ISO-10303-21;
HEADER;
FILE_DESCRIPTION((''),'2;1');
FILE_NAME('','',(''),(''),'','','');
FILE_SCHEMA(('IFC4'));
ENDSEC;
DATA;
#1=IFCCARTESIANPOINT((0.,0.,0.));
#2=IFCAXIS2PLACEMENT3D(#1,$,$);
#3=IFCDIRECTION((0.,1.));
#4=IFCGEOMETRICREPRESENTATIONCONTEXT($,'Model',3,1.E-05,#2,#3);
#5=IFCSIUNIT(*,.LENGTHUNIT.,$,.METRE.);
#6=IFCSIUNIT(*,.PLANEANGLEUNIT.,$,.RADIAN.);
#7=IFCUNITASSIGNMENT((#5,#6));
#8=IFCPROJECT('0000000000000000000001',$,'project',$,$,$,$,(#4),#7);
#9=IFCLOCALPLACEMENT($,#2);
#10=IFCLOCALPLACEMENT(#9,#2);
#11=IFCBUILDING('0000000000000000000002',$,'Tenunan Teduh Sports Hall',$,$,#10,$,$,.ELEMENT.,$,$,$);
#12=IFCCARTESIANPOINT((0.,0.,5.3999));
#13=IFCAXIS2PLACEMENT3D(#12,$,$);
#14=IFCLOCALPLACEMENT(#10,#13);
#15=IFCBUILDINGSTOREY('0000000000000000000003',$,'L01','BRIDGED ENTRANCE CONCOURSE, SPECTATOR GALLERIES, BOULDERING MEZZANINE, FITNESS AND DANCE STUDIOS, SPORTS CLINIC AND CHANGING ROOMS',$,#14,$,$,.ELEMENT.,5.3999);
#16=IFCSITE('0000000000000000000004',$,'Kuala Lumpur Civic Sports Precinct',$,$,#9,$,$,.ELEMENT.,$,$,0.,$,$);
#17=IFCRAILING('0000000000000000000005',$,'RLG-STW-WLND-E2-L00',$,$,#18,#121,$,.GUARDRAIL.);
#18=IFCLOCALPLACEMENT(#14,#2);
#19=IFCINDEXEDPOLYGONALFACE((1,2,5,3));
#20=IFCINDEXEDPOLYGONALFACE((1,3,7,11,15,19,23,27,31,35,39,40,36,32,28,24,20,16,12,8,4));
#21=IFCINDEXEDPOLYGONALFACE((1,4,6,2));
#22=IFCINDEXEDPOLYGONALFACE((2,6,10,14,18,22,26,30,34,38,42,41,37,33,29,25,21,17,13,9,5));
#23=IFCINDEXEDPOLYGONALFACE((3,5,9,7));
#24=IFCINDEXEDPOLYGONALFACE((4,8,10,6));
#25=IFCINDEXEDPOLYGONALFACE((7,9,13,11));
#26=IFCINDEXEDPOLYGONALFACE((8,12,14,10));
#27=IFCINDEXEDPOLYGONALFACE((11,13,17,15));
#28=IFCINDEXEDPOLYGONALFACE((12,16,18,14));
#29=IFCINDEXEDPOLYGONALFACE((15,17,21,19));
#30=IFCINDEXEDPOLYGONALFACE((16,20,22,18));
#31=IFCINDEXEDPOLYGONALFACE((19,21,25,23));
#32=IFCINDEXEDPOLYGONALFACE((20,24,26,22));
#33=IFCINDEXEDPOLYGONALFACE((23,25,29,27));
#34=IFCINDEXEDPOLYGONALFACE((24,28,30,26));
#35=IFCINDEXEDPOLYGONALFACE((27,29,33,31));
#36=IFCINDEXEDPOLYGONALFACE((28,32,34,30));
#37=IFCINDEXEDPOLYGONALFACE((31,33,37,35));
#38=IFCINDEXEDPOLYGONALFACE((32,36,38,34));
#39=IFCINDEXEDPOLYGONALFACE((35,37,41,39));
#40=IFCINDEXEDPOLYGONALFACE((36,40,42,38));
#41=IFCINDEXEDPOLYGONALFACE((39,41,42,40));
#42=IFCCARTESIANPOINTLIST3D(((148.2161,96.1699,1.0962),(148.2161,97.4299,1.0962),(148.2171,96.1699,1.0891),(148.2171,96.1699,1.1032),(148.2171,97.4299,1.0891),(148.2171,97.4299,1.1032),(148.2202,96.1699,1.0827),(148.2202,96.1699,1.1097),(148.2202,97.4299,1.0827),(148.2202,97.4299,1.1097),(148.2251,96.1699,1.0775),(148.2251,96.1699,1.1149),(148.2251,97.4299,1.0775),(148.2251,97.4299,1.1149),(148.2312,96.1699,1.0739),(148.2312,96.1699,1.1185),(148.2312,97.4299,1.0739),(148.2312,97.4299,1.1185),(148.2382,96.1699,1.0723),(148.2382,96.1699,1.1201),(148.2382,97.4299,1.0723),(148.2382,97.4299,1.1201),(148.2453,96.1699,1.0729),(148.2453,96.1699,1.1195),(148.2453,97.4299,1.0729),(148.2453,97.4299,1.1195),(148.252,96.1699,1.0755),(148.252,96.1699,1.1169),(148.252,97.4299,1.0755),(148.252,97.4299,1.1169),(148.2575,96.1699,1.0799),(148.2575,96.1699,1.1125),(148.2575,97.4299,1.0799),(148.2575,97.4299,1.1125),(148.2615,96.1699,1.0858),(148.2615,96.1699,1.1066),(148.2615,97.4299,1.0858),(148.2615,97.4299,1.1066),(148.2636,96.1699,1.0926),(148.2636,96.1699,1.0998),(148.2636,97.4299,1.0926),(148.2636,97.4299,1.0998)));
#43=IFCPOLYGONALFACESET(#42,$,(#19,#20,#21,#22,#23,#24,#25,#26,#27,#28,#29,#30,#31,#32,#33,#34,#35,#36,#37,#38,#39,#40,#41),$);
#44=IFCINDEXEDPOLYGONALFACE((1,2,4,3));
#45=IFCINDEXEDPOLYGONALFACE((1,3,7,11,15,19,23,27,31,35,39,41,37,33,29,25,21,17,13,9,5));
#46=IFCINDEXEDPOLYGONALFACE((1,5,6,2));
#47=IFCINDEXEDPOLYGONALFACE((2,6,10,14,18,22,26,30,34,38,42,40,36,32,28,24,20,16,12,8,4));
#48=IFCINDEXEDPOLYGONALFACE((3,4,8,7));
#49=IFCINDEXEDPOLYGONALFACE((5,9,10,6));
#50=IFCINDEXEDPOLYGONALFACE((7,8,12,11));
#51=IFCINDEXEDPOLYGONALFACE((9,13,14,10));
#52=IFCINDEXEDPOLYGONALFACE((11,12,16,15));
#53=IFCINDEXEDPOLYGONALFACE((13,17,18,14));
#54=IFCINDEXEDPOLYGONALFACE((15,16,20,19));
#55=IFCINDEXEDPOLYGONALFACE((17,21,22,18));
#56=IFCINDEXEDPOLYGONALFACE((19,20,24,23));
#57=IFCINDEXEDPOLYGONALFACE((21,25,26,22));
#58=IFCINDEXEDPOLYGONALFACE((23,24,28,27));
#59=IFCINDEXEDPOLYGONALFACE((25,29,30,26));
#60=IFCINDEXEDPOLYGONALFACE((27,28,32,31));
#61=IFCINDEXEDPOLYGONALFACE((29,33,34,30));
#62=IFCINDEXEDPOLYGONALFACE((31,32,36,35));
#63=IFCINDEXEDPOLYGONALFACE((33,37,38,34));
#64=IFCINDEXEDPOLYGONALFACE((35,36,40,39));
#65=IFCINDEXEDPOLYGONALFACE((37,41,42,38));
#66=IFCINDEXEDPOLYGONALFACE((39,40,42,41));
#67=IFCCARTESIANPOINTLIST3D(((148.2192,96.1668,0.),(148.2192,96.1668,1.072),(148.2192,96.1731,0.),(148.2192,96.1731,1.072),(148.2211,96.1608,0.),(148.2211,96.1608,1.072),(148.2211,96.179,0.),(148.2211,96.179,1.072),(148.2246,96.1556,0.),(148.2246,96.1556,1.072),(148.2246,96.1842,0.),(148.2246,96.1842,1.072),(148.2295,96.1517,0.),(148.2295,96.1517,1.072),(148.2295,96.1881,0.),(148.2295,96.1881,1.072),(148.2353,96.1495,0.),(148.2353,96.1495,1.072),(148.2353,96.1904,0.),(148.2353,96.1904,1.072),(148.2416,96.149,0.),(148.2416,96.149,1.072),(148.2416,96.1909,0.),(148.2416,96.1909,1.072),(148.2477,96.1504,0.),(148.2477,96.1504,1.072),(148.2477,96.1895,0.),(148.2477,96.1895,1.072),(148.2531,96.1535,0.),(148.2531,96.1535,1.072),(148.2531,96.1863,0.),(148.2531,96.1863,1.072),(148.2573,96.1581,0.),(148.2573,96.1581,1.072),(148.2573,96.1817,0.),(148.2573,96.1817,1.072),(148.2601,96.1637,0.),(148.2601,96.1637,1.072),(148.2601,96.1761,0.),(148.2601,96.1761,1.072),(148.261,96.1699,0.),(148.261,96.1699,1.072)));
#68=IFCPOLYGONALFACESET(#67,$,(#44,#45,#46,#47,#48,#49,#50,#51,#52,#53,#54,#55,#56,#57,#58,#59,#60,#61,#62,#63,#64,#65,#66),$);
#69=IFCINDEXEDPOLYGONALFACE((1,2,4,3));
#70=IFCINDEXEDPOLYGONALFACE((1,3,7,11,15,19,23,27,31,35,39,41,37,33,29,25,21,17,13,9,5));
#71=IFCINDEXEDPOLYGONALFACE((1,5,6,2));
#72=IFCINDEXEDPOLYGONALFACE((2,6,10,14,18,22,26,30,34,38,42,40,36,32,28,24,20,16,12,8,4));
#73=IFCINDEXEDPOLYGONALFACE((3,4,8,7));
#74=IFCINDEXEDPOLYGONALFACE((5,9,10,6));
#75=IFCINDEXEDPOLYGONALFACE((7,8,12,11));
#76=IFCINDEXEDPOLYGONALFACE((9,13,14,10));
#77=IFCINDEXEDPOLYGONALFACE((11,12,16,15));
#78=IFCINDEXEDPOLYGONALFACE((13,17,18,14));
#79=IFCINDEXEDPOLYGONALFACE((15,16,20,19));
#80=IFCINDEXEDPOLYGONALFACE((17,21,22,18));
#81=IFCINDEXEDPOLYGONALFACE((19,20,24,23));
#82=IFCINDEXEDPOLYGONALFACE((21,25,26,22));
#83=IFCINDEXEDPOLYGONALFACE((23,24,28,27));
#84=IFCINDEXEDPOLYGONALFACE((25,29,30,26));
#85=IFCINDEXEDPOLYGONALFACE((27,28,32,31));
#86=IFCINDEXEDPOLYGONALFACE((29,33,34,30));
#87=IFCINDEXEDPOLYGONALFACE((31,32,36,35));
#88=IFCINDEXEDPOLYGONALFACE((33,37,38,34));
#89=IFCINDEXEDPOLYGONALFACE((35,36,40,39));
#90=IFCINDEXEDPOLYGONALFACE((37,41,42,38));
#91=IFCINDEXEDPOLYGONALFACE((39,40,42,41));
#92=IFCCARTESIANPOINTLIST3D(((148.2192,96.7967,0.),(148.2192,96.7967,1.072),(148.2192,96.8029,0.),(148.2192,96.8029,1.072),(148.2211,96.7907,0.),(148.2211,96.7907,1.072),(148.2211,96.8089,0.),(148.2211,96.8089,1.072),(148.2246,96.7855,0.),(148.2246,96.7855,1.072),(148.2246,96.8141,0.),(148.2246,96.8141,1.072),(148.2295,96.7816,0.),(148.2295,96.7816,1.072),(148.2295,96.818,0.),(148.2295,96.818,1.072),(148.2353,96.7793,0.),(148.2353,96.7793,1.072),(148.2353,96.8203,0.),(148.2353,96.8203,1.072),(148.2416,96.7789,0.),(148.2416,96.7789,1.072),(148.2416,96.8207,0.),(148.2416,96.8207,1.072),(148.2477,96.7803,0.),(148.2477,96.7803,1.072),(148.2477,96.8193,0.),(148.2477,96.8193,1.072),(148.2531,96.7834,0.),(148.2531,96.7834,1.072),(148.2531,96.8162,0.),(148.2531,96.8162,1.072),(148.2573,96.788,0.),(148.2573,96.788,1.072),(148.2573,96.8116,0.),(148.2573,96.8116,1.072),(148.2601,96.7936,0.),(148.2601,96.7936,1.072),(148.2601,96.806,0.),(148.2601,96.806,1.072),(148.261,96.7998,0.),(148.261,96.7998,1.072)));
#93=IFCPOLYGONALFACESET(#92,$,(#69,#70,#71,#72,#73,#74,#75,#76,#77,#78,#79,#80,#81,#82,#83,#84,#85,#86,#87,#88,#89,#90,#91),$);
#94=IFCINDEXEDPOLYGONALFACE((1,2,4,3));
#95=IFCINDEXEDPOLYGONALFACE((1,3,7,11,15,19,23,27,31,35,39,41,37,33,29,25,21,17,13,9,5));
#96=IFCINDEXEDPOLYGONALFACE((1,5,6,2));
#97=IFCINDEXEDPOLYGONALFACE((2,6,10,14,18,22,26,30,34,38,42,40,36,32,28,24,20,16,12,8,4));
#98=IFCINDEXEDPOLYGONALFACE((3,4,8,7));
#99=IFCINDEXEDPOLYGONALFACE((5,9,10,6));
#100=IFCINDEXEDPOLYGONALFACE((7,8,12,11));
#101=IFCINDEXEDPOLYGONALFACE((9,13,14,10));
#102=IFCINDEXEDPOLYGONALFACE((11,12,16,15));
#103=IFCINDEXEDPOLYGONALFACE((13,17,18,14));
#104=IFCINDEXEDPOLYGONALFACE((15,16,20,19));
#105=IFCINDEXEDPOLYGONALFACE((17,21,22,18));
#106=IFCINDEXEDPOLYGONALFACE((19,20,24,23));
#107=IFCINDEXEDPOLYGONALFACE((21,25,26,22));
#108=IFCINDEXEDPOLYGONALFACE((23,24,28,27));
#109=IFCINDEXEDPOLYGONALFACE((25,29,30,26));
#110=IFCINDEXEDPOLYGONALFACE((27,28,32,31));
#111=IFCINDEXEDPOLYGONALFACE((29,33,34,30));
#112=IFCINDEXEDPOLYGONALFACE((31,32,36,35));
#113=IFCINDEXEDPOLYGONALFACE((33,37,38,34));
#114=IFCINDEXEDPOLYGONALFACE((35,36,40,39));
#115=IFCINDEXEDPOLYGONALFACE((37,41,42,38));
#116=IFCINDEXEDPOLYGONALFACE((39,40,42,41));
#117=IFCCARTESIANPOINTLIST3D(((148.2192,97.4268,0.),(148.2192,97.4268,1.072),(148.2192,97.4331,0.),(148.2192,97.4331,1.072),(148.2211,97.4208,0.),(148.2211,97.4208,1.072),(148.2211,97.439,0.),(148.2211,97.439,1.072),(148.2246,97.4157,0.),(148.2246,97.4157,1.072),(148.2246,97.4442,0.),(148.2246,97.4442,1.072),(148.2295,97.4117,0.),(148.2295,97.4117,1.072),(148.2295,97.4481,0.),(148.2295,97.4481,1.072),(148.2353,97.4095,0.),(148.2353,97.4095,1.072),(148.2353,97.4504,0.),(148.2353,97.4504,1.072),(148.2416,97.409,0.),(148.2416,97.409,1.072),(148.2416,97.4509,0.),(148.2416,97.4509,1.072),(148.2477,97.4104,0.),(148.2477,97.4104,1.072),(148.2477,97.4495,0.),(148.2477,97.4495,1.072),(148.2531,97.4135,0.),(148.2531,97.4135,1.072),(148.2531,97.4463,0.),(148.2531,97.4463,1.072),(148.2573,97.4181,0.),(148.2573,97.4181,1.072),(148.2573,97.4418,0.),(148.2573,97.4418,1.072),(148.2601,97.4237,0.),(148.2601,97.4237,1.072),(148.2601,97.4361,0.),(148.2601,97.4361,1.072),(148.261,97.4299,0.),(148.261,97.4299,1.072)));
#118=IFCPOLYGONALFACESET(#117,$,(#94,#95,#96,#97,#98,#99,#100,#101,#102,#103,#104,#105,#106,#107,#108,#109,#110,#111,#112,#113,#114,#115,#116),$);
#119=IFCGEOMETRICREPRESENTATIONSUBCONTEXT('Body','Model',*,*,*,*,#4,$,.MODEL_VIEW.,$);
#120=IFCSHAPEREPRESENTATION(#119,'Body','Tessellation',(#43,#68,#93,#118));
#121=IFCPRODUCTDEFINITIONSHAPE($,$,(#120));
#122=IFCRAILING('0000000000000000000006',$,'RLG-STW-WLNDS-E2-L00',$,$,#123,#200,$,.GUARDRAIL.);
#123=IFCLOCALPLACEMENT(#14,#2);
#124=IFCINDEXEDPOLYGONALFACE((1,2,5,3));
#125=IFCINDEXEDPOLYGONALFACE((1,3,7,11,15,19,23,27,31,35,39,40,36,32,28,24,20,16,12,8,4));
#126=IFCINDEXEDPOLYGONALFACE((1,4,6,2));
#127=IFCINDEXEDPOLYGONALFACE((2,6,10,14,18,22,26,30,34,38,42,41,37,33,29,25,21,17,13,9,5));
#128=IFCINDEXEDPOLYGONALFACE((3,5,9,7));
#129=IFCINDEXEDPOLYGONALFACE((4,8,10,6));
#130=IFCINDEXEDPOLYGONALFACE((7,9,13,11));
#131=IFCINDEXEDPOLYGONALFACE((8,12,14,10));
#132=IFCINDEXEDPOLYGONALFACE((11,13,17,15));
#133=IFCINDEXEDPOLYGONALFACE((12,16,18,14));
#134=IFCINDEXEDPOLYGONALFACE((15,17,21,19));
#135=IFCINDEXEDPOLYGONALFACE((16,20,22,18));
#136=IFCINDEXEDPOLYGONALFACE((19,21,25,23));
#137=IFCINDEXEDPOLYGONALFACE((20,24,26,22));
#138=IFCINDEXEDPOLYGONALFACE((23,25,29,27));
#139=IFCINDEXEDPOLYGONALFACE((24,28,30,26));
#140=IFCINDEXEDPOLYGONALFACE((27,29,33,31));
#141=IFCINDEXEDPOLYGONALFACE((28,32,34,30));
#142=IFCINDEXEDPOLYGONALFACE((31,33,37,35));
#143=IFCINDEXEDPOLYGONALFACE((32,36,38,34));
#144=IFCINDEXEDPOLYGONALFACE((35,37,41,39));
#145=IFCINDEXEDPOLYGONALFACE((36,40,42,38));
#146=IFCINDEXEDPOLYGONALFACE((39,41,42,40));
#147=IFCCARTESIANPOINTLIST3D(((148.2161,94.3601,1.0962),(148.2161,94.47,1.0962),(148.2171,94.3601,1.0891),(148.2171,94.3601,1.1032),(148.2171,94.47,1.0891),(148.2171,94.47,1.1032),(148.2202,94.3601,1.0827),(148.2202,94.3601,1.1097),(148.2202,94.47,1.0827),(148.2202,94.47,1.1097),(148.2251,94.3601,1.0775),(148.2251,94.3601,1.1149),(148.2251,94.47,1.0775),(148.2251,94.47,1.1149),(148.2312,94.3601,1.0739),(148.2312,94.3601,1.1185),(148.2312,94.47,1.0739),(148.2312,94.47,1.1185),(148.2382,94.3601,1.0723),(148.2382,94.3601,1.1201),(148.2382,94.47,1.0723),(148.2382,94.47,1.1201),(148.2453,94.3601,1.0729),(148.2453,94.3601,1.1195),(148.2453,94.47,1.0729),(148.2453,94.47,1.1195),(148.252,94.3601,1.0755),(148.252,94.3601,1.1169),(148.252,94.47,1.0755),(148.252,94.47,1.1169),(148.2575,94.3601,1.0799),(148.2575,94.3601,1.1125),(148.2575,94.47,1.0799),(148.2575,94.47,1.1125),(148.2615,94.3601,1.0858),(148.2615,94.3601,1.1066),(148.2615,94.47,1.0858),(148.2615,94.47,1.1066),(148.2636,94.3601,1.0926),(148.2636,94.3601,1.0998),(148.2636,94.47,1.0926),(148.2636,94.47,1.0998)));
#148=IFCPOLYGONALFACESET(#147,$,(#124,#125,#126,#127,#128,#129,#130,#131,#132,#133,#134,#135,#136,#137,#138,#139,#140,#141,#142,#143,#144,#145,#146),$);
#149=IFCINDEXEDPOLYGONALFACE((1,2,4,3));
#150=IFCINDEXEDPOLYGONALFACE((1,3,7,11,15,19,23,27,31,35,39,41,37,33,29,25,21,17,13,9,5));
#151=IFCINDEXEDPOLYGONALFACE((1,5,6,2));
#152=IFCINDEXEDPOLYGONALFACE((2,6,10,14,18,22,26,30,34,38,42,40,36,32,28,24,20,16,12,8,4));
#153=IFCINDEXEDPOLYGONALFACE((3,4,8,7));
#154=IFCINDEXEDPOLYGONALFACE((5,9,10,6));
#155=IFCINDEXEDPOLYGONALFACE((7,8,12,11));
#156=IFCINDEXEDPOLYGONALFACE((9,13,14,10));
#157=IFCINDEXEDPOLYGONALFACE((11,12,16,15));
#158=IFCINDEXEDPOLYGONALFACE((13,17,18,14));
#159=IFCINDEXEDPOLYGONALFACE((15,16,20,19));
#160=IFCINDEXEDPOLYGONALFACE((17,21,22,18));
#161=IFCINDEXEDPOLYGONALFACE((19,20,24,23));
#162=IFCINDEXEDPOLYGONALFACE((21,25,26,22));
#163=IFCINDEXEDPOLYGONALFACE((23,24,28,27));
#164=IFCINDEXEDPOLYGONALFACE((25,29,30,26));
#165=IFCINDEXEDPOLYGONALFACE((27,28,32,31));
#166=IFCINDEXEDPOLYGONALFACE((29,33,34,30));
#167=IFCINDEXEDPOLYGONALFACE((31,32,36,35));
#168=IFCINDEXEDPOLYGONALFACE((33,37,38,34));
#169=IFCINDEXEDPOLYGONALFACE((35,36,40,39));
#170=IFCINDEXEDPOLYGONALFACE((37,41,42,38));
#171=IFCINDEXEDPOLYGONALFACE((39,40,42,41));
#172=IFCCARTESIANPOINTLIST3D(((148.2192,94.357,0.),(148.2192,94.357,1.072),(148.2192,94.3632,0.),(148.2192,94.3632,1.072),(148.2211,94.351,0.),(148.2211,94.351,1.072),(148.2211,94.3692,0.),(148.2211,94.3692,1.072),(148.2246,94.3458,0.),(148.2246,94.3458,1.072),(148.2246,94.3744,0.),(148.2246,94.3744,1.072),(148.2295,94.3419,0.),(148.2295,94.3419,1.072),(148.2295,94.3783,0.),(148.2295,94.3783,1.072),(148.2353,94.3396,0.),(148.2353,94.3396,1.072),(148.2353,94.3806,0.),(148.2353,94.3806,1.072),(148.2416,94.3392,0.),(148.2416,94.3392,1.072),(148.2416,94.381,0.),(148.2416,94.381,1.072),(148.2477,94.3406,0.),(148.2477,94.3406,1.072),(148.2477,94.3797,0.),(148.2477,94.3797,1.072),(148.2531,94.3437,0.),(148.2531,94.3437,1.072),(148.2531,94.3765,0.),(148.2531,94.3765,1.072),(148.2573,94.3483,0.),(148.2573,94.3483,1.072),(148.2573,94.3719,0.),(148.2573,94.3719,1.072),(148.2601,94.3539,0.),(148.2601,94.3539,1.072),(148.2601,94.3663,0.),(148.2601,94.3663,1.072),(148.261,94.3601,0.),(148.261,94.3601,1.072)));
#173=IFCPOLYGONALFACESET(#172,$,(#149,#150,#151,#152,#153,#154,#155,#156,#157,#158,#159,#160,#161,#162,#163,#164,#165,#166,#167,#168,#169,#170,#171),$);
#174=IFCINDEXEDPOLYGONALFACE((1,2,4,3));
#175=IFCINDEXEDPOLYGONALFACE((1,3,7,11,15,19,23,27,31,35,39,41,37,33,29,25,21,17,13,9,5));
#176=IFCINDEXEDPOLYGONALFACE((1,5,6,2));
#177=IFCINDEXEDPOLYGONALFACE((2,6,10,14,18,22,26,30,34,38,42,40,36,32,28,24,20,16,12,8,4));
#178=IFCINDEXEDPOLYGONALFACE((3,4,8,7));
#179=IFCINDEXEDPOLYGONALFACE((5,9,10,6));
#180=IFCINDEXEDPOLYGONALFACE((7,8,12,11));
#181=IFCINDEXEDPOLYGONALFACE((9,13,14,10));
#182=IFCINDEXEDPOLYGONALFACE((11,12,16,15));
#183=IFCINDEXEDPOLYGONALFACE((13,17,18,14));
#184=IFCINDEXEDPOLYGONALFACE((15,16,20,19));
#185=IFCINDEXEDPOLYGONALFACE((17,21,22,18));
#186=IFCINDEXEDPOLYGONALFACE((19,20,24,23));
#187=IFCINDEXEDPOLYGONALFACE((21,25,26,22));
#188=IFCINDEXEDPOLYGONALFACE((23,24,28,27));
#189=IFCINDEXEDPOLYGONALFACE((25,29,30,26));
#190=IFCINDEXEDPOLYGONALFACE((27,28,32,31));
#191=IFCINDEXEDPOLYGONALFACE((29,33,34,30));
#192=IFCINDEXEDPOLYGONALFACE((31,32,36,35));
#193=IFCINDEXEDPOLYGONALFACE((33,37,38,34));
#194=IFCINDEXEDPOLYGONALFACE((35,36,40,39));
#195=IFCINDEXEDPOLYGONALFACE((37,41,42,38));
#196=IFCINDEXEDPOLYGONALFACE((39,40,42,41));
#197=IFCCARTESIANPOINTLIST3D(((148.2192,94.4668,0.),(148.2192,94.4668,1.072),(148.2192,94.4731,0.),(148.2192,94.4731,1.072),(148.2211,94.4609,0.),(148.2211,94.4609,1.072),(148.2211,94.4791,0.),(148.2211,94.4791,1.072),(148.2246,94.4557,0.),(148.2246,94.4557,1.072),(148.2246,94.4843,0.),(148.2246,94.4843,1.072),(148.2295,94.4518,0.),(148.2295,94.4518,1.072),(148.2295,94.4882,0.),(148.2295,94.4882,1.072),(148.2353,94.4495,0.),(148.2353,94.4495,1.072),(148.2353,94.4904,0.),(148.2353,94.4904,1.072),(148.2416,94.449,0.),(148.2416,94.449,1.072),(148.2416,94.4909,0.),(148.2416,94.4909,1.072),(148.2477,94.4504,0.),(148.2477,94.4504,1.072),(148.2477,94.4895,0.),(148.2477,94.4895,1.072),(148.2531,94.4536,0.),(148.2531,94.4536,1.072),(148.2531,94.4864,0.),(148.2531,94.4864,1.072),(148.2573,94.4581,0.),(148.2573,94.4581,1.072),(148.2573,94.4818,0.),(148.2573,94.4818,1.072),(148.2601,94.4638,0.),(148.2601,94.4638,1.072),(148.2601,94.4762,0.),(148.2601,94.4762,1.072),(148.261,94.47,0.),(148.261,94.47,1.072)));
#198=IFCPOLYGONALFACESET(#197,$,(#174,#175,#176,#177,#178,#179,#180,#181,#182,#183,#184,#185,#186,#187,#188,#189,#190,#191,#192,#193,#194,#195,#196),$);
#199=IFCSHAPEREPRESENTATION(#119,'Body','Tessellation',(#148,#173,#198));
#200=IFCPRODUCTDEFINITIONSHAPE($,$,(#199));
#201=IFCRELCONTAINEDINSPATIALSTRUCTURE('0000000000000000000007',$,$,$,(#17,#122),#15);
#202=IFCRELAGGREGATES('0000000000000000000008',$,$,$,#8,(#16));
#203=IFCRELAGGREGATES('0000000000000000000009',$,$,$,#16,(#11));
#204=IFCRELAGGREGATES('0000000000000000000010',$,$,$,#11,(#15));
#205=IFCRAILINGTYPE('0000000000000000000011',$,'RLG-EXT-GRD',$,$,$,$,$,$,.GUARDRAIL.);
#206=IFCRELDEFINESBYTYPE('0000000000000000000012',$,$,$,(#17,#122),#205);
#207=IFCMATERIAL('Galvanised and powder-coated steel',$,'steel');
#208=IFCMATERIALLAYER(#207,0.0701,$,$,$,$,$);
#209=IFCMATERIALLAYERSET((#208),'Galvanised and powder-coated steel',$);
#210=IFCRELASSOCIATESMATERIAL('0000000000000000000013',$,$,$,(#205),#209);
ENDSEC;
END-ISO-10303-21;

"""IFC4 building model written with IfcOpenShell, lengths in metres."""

from ifc_helpers import new_model, si_unit, direction, frame, origin, origin_2d, place, context, subcontext, project, spatial, circle, extrude, material, layer, layer_set, type_object, element, save


model = new_model("IFC4")

# Units and contexts
model_context = context("Model", 3, precision=1e-05, world=origin(), true_north=direction((0.0, 1.0)))
body_context = subcontext(model_context, "Body", "Model", "MODEL_VIEW")
ifc_project = project(units=[si_unit("LENGTHUNIT", "METRE"), si_unit("PLANEANGLEUNIT", "RADIAN")], contexts=[model_context])

# Site, building, storey
site_placement = place(None, origin())
site = spatial("IfcSite", under=ifc_project, at=site_placement, Name="Kuala Lumpur Civic Sports Precinct", CompositionType="ELEMENT", RefElevation=0.0)
building_placement = place(site_placement, origin())
building = spatial("IfcBuilding", under=site, at=building_placement, Name="Tenunan Teduh Sports Hall", CompositionType="ELEMENT")
storey_placement = place(building_placement, frame((0.0, 0.0, 5.3999)))
storey = spatial("IfcBuildingStorey", under=building, at=storey_placement, Name="L01", Description="BRIDGED ENTRANCE CONCOURSE, SPECTATOR GALLERIES, BOULDERING MEZZANINE, FITNESS AND DANCE STUDIOS, SPORTS CLINIC AND CHANGING ROOMS", CompositionType="ELEMENT", Elevation=5.3999)

# Railings
ifc_material_1 = material(Name="Galvanised and powder-coated steel", Category="steel")
ifc_layer_1 = layer(ifc_material_1, 0.0701)
ifc_layer_set_1 = layer_set([ifc_layer_1], Name="Galvanised and powder-coated steel")
railing_type_1 = type_object("IfcRailingType", Name="RLG-EXT-GRD", PredefinedType="GUARDRAIL", material=ifc_layer_set_1)
railing_1_placement = place(storey_placement, frame((148.24, 96.1699, 0.0)))
element("IfcRailing", 1, at=railing_1_placement, inside=storey, type_object=railing_type_1, Name="RLG-STW-WLND-E2-L00", PredefinedType="GUARDRAIL", context=body_context, shape_type="SweptSolid", body=[
    extrude(circle(Radius=0.0239, at=origin_2d()), frame((0.0, 0.0, 1.0962), z_axis=(0.0, 1.0, 0.0), x_axis=(-1.0, 0.0, 0.0)), (0.0, 0.0, 1.0), 1.26),
    extrude(circle(Radius=0.021, at=origin_2d()), origin(), (0.0, 0.0, 1.0), 1.072),
    extrude(circle(Radius=0.021, at=origin_2d()), frame((0.0, 0.6299, 0.0)), (0.0, 0.0, 1.0), 1.072),
    extrude(circle(Radius=0.021, at=origin_2d()), frame((0.0, 1.26, 0.0)), (0.0, 0.0, 1.0), 1.072),
])
railing_2_placement = place(storey_placement, frame((148.24, 94.3601, 0.0)))
element("IfcRailing", 2, at=railing_2_placement, inside=storey, type_object=railing_type_1, Name="RLG-STW-WLNDS-E2-L00", PredefinedType="GUARDRAIL", context=body_context, shape_type="SweptSolid", body=[
    extrude(circle(Radius=0.0239, at=origin_2d()), frame((0.0, 0.0, 1.0962), z_axis=(0.0, 1.0, 0.0), x_axis=(-1.0, 0.0, 0.0)), (0.0, 0.0, 1.0), 0.1099),
    extrude(circle(Radius=0.021, at=origin_2d()), origin(), (0.0, 0.0, 1.0), 1.072),
    extrude(circle(Radius=0.021, at=origin_2d()), frame((0.0, 0.1099, 0.0)), (0.0, 0.0, 1.0), 1.072),
])

save(model, "model.ifc")
